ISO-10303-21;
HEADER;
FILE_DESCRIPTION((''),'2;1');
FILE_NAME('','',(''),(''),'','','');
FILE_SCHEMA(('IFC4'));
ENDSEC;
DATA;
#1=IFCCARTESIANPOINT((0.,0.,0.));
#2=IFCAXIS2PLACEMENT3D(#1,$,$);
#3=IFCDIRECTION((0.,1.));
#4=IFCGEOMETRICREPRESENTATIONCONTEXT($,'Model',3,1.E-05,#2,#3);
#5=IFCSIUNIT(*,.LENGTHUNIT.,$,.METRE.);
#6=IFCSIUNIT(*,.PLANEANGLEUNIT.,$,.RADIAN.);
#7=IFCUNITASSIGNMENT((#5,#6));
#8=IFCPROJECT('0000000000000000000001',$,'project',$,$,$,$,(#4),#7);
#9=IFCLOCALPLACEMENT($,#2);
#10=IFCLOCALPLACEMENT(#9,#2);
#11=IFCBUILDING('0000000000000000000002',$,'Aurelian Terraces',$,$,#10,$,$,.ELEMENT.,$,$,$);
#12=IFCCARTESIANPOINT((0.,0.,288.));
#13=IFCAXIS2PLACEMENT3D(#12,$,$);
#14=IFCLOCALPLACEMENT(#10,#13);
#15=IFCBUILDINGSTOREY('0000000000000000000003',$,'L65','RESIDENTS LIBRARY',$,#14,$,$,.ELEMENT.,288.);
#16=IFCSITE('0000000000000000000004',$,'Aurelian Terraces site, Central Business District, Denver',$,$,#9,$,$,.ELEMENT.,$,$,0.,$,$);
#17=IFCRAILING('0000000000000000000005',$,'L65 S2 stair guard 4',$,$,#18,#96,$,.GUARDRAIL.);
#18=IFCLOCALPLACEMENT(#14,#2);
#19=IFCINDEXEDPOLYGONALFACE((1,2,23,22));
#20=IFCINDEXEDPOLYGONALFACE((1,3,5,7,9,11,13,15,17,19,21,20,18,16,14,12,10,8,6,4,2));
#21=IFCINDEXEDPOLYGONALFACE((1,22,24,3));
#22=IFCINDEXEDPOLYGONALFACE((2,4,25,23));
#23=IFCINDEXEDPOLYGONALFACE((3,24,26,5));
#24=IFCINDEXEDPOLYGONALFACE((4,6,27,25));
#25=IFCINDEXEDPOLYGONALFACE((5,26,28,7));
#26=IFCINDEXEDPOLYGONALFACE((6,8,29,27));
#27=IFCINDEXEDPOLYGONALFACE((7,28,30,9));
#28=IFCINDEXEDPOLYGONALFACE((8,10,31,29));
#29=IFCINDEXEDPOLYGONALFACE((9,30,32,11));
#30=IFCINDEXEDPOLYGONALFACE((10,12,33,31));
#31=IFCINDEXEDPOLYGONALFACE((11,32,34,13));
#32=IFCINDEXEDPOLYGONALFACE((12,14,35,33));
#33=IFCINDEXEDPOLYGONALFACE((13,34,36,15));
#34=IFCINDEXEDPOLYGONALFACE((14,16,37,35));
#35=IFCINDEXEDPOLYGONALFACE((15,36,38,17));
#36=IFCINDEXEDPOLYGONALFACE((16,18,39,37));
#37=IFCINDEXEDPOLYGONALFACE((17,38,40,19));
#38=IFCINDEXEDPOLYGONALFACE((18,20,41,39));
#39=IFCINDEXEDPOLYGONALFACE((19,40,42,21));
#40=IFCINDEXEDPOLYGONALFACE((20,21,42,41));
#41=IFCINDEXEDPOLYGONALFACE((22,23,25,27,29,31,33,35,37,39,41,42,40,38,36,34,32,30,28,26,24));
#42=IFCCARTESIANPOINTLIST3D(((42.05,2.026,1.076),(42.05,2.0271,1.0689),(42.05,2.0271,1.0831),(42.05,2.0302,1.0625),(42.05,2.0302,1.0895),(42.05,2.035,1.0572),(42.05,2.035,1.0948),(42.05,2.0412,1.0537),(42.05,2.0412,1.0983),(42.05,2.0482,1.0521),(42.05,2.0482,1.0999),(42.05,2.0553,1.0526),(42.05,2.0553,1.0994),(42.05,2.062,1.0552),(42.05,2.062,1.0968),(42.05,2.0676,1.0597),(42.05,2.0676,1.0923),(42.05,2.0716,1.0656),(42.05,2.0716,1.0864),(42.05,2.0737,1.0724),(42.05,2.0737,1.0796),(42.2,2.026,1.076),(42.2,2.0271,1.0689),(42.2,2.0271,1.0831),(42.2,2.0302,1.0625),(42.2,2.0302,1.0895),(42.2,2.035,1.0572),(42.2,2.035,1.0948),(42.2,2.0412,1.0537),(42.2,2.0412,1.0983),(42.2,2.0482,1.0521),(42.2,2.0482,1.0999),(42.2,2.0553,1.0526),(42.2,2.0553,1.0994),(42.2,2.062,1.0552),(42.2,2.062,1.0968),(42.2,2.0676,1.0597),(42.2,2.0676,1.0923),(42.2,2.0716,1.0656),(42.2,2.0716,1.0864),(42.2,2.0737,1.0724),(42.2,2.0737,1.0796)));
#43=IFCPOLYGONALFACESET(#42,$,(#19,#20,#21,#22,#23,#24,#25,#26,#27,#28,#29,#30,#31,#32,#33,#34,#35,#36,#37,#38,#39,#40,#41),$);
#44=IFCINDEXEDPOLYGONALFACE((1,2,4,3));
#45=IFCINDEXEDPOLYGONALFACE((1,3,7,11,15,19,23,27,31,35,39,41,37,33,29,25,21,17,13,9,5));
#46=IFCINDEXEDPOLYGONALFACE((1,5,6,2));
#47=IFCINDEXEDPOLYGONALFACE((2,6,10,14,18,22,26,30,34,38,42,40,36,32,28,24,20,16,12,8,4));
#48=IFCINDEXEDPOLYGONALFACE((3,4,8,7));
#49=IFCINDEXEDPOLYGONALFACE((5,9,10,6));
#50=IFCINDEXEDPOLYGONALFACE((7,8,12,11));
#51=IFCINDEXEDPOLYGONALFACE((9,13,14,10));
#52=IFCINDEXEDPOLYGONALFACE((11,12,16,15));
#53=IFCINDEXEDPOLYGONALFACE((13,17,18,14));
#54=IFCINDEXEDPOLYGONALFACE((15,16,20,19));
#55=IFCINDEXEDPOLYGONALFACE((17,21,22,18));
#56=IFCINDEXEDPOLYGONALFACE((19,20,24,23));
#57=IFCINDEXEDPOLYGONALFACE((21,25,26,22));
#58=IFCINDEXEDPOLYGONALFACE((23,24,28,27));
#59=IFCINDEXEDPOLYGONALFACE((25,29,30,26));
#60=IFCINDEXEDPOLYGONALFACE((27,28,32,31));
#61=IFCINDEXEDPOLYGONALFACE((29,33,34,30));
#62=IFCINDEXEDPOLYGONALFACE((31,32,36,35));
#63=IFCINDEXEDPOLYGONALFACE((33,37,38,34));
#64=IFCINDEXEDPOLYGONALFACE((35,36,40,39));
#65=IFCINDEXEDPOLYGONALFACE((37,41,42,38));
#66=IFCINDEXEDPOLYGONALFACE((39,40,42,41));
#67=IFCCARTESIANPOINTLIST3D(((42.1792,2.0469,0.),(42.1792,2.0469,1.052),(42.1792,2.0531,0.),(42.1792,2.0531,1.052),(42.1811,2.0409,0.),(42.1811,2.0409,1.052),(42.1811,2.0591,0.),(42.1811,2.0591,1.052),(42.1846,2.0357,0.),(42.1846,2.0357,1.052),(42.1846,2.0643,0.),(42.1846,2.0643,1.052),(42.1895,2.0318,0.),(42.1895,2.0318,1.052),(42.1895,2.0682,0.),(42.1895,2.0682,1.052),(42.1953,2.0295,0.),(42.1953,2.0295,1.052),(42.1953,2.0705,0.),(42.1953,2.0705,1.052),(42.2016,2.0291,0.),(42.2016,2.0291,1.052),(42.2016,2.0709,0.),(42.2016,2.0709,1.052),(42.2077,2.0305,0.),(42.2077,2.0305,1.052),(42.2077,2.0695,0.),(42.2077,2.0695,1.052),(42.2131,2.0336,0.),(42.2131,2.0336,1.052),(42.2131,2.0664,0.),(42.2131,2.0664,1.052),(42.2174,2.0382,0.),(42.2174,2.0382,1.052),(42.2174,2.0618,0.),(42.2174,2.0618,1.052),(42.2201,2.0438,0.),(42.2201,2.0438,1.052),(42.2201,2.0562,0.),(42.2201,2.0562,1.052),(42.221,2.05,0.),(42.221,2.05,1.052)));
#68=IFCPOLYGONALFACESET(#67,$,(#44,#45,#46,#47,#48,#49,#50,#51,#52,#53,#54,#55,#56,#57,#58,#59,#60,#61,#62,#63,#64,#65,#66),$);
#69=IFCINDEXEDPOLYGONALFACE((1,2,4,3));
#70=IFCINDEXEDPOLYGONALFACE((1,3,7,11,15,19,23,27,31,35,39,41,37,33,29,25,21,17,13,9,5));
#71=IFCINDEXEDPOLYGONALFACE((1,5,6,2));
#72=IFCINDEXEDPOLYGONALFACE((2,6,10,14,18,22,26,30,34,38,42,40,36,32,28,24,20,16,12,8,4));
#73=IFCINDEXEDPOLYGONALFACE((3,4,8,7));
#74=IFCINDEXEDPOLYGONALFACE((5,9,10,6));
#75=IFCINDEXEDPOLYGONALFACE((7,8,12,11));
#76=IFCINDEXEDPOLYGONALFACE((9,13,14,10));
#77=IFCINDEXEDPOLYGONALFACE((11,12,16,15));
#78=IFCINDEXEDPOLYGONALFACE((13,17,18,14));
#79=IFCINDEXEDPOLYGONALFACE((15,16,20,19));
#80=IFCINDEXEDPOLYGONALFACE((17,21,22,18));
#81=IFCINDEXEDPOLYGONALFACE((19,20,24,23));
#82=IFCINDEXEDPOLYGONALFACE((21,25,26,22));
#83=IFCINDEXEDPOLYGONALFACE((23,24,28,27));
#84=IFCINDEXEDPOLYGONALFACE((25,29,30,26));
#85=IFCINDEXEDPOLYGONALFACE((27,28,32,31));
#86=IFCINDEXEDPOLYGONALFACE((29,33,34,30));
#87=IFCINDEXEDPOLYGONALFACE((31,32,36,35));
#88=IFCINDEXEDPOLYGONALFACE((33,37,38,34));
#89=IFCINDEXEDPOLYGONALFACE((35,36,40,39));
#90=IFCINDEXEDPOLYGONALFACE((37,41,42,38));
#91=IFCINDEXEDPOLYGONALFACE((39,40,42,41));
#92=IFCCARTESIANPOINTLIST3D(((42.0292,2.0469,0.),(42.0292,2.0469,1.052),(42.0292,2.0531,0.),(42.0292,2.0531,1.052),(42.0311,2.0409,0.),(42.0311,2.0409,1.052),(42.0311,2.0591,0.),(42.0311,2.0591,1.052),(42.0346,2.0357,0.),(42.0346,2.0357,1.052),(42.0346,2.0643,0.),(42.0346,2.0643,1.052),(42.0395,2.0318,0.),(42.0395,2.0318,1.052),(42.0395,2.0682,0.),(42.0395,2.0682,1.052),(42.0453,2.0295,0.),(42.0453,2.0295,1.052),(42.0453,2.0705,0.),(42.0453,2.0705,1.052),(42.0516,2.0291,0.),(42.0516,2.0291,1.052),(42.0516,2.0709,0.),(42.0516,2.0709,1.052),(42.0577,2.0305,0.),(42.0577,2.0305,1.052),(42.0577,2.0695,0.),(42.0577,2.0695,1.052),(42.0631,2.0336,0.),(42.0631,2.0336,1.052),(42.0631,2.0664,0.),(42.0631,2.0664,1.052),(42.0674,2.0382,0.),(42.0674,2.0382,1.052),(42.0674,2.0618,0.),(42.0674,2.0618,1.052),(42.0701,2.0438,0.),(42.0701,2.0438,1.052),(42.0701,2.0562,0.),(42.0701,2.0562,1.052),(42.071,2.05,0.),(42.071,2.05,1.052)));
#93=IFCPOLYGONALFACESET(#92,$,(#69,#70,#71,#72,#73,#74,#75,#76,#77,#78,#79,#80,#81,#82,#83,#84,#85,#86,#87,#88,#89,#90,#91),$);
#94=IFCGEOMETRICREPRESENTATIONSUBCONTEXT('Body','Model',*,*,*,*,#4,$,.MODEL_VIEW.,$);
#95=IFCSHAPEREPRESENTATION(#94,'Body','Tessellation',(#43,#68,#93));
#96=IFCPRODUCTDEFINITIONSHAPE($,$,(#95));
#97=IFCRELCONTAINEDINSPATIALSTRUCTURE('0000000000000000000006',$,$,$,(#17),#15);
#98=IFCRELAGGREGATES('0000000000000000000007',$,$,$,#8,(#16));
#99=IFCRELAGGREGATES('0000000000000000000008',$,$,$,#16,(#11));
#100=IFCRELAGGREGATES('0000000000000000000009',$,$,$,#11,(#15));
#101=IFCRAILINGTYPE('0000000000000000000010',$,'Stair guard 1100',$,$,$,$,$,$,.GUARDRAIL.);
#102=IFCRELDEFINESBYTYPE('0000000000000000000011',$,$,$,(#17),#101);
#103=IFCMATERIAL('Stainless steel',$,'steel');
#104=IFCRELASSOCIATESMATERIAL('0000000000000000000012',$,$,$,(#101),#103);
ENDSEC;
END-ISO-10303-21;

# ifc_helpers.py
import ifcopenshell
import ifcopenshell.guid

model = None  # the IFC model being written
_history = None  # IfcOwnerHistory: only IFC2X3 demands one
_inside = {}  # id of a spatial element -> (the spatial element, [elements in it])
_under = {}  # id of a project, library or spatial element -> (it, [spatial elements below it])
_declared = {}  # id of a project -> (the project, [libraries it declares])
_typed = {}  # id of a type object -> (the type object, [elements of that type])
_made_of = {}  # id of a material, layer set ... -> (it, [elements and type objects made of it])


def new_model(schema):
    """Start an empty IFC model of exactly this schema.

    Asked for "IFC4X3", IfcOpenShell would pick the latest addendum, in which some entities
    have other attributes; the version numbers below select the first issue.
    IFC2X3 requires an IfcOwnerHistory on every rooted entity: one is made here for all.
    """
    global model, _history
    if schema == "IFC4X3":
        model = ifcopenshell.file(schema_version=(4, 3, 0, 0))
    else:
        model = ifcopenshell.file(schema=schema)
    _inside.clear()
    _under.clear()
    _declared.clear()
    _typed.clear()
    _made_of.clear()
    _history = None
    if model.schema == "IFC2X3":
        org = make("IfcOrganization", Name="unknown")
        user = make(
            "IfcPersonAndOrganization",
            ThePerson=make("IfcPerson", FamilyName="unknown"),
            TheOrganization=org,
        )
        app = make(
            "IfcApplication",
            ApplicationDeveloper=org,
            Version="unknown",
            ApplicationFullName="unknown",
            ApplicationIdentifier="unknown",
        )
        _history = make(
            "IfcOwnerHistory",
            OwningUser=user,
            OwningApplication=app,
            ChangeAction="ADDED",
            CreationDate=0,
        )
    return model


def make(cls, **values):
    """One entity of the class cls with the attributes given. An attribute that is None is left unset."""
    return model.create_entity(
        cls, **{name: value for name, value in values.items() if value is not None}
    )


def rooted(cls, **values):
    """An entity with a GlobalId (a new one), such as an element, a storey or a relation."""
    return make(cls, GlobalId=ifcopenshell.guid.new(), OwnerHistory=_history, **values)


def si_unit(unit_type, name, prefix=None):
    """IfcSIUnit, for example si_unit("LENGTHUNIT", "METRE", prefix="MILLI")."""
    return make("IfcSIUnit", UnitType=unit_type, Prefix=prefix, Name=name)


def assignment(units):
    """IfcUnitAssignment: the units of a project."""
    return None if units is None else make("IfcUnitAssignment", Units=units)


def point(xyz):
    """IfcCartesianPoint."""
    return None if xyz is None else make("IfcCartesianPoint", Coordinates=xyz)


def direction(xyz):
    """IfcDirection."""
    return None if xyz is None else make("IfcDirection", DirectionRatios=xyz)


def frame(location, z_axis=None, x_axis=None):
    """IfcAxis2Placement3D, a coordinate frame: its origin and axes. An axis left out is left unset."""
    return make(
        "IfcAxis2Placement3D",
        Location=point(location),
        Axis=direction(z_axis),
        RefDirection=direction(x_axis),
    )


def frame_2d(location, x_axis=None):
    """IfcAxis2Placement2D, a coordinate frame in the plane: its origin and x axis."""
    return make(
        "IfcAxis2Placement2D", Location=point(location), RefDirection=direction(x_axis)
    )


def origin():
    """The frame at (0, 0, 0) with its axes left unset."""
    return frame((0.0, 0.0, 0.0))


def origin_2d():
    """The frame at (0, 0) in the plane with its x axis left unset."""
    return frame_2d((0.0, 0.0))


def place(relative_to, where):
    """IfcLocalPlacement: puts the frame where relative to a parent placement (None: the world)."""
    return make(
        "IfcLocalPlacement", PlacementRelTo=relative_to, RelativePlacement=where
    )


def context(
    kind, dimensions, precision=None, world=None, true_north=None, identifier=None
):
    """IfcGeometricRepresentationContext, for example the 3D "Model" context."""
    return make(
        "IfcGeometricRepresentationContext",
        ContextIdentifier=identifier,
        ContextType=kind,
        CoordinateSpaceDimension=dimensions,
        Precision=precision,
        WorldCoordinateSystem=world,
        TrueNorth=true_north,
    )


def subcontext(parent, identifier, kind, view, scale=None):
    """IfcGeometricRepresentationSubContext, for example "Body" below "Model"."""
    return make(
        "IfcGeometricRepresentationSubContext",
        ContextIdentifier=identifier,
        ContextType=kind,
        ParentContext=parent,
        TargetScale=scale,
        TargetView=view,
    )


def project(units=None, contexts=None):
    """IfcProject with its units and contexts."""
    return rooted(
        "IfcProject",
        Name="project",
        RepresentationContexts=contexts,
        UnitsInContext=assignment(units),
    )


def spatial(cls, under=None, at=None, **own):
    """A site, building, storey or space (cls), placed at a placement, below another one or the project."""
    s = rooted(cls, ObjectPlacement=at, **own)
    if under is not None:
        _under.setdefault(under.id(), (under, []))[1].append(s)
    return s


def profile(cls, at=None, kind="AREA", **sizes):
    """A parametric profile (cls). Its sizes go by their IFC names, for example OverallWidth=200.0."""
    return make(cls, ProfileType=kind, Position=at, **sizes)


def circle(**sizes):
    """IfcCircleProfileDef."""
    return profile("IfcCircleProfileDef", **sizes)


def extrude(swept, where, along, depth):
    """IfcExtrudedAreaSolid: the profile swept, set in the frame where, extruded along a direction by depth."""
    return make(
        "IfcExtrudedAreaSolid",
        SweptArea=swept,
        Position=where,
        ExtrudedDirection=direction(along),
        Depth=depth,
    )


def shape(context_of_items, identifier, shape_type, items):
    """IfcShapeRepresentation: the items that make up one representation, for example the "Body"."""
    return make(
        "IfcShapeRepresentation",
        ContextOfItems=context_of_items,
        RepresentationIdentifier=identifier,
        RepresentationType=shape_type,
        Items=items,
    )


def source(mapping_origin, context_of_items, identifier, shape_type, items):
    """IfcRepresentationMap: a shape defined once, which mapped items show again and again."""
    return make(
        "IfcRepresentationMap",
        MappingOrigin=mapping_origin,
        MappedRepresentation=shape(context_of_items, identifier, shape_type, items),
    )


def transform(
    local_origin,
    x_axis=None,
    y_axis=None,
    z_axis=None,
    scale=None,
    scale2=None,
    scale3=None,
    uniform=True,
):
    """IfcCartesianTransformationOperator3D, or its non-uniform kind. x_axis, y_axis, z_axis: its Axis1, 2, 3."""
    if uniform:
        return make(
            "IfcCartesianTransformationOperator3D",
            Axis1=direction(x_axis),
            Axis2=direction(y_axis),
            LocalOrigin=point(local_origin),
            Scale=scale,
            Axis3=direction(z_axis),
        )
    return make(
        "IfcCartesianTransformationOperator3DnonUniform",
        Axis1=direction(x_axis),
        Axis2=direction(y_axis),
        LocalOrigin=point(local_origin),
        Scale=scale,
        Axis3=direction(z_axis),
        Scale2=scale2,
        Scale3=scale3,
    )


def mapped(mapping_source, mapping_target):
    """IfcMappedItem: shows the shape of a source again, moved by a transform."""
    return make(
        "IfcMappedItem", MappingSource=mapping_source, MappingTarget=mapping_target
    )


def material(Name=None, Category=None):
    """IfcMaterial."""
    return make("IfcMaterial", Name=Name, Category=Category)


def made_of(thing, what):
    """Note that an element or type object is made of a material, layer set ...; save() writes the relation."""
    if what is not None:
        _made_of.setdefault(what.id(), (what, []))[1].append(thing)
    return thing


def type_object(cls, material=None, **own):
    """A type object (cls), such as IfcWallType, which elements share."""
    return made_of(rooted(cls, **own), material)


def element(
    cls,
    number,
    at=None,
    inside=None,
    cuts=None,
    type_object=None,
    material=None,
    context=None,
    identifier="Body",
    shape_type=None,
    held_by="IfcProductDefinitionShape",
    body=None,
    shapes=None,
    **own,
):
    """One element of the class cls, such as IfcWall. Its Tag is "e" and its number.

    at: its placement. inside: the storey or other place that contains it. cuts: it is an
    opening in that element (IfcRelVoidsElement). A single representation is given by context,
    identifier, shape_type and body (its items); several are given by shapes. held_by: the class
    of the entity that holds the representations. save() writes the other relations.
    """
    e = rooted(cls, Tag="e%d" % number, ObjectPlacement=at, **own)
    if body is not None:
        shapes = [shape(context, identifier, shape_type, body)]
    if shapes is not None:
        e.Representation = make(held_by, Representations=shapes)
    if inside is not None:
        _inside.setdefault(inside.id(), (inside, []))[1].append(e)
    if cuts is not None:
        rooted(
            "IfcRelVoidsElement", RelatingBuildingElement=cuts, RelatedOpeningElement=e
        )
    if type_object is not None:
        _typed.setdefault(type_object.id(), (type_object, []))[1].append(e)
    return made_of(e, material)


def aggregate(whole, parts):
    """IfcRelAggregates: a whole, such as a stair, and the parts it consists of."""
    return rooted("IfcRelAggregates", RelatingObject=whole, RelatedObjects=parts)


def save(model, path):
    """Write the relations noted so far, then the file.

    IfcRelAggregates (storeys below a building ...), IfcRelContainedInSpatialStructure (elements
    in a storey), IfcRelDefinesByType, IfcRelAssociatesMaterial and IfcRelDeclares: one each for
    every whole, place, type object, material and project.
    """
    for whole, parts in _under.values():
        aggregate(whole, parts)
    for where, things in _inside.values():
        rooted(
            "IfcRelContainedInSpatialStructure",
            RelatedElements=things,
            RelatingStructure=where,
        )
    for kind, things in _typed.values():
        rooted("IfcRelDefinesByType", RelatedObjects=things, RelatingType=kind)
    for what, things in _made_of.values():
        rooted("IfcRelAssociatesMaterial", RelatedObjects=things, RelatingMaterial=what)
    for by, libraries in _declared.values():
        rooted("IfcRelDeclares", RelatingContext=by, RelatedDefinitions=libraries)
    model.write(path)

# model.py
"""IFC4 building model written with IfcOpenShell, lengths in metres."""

from ifc_helpers import new_model, si_unit, direction, frame, origin, origin_2d, place, context, subcontext, project, spatial, circle, extrude, source, transform, mapped, material, type_object, element, save


model = new_model("IFC4")

# Units and contexts
model_context = context("Model", 3, precision=1e-05, world=origin(), true_north=direction((0.0, 1.0)))
body_context = subcontext(model_context, "Body", "Model", "MODEL_VIEW")
ifc_project = project(units=[si_unit("LENGTHUNIT", "METRE"), si_unit("PLANEANGLEUNIT", "RADIAN")], contexts=[model_context])

# Site, building, storey
site_placement = place(None, origin())
site = spatial("IfcSite", under=ifc_project, at=site_placement, Name="Aurelian Terraces site, Central Business District, Denver", CompositionType="ELEMENT", RefElevation=0.0)
building_placement = place(site_placement, origin())
building = spatial("IfcBuilding", under=site, at=building_placement, Name="Aurelian Terraces", CompositionType="ELEMENT")
storey_placement = place(building_placement, frame((0.0, 0.0, 288.0)))
storey = spatial("IfcBuildingStorey", under=building, at=storey_placement, Name="L65", Description="RESIDENTS LIBRARY", CompositionType="ELEMENT", Elevation=288.0)

# Railing
ifc_material_1 = material(Name="Stainless steel", Category="steel")
railing_type_1 = type_object("IfcRailingType", Name="Stair guard 1100", PredefinedType="GUARDRAIL", material=ifc_material_1)
shared_shape_1 = source(origin(), body_context, "Body", "SweptSolid", [
    extrude(circle(Radius=0.024, at=origin_2d()), frame((0.0, 0.0, 1.076), z_axis=(-1.0, 0.0, 0.0), x_axis=(0.0, -1.0, 0.0)), (0.0, 0.0, 1.0), 0.15),
    extrude(circle(Radius=0.021, at=origin_2d()), origin(), (0.0, 0.0, 1.0), 1.052),
    extrude(circle(Radius=0.021, at=origin_2d()), frame((-0.15, 0.0, 0.0)), (0.0, 0.0, 1.0), 1.052),
])
for number, where, name in (
    (1, (42.2, 2.05, 0.0), "L65 S2 stair guard 4"),
):
    element("IfcRailing", number, at=place(storey_placement, frame(where)), inside=storey, type_object=railing_type_1, Name=name, PredefinedType="GUARDRAIL", context=body_context, shape_type="MappedRepresentation", body=[
        mapped(shared_shape_1, transform((0.0, 0.0, 0.0), scale=1.0)),
    ])

save(model, "model.ifc")
